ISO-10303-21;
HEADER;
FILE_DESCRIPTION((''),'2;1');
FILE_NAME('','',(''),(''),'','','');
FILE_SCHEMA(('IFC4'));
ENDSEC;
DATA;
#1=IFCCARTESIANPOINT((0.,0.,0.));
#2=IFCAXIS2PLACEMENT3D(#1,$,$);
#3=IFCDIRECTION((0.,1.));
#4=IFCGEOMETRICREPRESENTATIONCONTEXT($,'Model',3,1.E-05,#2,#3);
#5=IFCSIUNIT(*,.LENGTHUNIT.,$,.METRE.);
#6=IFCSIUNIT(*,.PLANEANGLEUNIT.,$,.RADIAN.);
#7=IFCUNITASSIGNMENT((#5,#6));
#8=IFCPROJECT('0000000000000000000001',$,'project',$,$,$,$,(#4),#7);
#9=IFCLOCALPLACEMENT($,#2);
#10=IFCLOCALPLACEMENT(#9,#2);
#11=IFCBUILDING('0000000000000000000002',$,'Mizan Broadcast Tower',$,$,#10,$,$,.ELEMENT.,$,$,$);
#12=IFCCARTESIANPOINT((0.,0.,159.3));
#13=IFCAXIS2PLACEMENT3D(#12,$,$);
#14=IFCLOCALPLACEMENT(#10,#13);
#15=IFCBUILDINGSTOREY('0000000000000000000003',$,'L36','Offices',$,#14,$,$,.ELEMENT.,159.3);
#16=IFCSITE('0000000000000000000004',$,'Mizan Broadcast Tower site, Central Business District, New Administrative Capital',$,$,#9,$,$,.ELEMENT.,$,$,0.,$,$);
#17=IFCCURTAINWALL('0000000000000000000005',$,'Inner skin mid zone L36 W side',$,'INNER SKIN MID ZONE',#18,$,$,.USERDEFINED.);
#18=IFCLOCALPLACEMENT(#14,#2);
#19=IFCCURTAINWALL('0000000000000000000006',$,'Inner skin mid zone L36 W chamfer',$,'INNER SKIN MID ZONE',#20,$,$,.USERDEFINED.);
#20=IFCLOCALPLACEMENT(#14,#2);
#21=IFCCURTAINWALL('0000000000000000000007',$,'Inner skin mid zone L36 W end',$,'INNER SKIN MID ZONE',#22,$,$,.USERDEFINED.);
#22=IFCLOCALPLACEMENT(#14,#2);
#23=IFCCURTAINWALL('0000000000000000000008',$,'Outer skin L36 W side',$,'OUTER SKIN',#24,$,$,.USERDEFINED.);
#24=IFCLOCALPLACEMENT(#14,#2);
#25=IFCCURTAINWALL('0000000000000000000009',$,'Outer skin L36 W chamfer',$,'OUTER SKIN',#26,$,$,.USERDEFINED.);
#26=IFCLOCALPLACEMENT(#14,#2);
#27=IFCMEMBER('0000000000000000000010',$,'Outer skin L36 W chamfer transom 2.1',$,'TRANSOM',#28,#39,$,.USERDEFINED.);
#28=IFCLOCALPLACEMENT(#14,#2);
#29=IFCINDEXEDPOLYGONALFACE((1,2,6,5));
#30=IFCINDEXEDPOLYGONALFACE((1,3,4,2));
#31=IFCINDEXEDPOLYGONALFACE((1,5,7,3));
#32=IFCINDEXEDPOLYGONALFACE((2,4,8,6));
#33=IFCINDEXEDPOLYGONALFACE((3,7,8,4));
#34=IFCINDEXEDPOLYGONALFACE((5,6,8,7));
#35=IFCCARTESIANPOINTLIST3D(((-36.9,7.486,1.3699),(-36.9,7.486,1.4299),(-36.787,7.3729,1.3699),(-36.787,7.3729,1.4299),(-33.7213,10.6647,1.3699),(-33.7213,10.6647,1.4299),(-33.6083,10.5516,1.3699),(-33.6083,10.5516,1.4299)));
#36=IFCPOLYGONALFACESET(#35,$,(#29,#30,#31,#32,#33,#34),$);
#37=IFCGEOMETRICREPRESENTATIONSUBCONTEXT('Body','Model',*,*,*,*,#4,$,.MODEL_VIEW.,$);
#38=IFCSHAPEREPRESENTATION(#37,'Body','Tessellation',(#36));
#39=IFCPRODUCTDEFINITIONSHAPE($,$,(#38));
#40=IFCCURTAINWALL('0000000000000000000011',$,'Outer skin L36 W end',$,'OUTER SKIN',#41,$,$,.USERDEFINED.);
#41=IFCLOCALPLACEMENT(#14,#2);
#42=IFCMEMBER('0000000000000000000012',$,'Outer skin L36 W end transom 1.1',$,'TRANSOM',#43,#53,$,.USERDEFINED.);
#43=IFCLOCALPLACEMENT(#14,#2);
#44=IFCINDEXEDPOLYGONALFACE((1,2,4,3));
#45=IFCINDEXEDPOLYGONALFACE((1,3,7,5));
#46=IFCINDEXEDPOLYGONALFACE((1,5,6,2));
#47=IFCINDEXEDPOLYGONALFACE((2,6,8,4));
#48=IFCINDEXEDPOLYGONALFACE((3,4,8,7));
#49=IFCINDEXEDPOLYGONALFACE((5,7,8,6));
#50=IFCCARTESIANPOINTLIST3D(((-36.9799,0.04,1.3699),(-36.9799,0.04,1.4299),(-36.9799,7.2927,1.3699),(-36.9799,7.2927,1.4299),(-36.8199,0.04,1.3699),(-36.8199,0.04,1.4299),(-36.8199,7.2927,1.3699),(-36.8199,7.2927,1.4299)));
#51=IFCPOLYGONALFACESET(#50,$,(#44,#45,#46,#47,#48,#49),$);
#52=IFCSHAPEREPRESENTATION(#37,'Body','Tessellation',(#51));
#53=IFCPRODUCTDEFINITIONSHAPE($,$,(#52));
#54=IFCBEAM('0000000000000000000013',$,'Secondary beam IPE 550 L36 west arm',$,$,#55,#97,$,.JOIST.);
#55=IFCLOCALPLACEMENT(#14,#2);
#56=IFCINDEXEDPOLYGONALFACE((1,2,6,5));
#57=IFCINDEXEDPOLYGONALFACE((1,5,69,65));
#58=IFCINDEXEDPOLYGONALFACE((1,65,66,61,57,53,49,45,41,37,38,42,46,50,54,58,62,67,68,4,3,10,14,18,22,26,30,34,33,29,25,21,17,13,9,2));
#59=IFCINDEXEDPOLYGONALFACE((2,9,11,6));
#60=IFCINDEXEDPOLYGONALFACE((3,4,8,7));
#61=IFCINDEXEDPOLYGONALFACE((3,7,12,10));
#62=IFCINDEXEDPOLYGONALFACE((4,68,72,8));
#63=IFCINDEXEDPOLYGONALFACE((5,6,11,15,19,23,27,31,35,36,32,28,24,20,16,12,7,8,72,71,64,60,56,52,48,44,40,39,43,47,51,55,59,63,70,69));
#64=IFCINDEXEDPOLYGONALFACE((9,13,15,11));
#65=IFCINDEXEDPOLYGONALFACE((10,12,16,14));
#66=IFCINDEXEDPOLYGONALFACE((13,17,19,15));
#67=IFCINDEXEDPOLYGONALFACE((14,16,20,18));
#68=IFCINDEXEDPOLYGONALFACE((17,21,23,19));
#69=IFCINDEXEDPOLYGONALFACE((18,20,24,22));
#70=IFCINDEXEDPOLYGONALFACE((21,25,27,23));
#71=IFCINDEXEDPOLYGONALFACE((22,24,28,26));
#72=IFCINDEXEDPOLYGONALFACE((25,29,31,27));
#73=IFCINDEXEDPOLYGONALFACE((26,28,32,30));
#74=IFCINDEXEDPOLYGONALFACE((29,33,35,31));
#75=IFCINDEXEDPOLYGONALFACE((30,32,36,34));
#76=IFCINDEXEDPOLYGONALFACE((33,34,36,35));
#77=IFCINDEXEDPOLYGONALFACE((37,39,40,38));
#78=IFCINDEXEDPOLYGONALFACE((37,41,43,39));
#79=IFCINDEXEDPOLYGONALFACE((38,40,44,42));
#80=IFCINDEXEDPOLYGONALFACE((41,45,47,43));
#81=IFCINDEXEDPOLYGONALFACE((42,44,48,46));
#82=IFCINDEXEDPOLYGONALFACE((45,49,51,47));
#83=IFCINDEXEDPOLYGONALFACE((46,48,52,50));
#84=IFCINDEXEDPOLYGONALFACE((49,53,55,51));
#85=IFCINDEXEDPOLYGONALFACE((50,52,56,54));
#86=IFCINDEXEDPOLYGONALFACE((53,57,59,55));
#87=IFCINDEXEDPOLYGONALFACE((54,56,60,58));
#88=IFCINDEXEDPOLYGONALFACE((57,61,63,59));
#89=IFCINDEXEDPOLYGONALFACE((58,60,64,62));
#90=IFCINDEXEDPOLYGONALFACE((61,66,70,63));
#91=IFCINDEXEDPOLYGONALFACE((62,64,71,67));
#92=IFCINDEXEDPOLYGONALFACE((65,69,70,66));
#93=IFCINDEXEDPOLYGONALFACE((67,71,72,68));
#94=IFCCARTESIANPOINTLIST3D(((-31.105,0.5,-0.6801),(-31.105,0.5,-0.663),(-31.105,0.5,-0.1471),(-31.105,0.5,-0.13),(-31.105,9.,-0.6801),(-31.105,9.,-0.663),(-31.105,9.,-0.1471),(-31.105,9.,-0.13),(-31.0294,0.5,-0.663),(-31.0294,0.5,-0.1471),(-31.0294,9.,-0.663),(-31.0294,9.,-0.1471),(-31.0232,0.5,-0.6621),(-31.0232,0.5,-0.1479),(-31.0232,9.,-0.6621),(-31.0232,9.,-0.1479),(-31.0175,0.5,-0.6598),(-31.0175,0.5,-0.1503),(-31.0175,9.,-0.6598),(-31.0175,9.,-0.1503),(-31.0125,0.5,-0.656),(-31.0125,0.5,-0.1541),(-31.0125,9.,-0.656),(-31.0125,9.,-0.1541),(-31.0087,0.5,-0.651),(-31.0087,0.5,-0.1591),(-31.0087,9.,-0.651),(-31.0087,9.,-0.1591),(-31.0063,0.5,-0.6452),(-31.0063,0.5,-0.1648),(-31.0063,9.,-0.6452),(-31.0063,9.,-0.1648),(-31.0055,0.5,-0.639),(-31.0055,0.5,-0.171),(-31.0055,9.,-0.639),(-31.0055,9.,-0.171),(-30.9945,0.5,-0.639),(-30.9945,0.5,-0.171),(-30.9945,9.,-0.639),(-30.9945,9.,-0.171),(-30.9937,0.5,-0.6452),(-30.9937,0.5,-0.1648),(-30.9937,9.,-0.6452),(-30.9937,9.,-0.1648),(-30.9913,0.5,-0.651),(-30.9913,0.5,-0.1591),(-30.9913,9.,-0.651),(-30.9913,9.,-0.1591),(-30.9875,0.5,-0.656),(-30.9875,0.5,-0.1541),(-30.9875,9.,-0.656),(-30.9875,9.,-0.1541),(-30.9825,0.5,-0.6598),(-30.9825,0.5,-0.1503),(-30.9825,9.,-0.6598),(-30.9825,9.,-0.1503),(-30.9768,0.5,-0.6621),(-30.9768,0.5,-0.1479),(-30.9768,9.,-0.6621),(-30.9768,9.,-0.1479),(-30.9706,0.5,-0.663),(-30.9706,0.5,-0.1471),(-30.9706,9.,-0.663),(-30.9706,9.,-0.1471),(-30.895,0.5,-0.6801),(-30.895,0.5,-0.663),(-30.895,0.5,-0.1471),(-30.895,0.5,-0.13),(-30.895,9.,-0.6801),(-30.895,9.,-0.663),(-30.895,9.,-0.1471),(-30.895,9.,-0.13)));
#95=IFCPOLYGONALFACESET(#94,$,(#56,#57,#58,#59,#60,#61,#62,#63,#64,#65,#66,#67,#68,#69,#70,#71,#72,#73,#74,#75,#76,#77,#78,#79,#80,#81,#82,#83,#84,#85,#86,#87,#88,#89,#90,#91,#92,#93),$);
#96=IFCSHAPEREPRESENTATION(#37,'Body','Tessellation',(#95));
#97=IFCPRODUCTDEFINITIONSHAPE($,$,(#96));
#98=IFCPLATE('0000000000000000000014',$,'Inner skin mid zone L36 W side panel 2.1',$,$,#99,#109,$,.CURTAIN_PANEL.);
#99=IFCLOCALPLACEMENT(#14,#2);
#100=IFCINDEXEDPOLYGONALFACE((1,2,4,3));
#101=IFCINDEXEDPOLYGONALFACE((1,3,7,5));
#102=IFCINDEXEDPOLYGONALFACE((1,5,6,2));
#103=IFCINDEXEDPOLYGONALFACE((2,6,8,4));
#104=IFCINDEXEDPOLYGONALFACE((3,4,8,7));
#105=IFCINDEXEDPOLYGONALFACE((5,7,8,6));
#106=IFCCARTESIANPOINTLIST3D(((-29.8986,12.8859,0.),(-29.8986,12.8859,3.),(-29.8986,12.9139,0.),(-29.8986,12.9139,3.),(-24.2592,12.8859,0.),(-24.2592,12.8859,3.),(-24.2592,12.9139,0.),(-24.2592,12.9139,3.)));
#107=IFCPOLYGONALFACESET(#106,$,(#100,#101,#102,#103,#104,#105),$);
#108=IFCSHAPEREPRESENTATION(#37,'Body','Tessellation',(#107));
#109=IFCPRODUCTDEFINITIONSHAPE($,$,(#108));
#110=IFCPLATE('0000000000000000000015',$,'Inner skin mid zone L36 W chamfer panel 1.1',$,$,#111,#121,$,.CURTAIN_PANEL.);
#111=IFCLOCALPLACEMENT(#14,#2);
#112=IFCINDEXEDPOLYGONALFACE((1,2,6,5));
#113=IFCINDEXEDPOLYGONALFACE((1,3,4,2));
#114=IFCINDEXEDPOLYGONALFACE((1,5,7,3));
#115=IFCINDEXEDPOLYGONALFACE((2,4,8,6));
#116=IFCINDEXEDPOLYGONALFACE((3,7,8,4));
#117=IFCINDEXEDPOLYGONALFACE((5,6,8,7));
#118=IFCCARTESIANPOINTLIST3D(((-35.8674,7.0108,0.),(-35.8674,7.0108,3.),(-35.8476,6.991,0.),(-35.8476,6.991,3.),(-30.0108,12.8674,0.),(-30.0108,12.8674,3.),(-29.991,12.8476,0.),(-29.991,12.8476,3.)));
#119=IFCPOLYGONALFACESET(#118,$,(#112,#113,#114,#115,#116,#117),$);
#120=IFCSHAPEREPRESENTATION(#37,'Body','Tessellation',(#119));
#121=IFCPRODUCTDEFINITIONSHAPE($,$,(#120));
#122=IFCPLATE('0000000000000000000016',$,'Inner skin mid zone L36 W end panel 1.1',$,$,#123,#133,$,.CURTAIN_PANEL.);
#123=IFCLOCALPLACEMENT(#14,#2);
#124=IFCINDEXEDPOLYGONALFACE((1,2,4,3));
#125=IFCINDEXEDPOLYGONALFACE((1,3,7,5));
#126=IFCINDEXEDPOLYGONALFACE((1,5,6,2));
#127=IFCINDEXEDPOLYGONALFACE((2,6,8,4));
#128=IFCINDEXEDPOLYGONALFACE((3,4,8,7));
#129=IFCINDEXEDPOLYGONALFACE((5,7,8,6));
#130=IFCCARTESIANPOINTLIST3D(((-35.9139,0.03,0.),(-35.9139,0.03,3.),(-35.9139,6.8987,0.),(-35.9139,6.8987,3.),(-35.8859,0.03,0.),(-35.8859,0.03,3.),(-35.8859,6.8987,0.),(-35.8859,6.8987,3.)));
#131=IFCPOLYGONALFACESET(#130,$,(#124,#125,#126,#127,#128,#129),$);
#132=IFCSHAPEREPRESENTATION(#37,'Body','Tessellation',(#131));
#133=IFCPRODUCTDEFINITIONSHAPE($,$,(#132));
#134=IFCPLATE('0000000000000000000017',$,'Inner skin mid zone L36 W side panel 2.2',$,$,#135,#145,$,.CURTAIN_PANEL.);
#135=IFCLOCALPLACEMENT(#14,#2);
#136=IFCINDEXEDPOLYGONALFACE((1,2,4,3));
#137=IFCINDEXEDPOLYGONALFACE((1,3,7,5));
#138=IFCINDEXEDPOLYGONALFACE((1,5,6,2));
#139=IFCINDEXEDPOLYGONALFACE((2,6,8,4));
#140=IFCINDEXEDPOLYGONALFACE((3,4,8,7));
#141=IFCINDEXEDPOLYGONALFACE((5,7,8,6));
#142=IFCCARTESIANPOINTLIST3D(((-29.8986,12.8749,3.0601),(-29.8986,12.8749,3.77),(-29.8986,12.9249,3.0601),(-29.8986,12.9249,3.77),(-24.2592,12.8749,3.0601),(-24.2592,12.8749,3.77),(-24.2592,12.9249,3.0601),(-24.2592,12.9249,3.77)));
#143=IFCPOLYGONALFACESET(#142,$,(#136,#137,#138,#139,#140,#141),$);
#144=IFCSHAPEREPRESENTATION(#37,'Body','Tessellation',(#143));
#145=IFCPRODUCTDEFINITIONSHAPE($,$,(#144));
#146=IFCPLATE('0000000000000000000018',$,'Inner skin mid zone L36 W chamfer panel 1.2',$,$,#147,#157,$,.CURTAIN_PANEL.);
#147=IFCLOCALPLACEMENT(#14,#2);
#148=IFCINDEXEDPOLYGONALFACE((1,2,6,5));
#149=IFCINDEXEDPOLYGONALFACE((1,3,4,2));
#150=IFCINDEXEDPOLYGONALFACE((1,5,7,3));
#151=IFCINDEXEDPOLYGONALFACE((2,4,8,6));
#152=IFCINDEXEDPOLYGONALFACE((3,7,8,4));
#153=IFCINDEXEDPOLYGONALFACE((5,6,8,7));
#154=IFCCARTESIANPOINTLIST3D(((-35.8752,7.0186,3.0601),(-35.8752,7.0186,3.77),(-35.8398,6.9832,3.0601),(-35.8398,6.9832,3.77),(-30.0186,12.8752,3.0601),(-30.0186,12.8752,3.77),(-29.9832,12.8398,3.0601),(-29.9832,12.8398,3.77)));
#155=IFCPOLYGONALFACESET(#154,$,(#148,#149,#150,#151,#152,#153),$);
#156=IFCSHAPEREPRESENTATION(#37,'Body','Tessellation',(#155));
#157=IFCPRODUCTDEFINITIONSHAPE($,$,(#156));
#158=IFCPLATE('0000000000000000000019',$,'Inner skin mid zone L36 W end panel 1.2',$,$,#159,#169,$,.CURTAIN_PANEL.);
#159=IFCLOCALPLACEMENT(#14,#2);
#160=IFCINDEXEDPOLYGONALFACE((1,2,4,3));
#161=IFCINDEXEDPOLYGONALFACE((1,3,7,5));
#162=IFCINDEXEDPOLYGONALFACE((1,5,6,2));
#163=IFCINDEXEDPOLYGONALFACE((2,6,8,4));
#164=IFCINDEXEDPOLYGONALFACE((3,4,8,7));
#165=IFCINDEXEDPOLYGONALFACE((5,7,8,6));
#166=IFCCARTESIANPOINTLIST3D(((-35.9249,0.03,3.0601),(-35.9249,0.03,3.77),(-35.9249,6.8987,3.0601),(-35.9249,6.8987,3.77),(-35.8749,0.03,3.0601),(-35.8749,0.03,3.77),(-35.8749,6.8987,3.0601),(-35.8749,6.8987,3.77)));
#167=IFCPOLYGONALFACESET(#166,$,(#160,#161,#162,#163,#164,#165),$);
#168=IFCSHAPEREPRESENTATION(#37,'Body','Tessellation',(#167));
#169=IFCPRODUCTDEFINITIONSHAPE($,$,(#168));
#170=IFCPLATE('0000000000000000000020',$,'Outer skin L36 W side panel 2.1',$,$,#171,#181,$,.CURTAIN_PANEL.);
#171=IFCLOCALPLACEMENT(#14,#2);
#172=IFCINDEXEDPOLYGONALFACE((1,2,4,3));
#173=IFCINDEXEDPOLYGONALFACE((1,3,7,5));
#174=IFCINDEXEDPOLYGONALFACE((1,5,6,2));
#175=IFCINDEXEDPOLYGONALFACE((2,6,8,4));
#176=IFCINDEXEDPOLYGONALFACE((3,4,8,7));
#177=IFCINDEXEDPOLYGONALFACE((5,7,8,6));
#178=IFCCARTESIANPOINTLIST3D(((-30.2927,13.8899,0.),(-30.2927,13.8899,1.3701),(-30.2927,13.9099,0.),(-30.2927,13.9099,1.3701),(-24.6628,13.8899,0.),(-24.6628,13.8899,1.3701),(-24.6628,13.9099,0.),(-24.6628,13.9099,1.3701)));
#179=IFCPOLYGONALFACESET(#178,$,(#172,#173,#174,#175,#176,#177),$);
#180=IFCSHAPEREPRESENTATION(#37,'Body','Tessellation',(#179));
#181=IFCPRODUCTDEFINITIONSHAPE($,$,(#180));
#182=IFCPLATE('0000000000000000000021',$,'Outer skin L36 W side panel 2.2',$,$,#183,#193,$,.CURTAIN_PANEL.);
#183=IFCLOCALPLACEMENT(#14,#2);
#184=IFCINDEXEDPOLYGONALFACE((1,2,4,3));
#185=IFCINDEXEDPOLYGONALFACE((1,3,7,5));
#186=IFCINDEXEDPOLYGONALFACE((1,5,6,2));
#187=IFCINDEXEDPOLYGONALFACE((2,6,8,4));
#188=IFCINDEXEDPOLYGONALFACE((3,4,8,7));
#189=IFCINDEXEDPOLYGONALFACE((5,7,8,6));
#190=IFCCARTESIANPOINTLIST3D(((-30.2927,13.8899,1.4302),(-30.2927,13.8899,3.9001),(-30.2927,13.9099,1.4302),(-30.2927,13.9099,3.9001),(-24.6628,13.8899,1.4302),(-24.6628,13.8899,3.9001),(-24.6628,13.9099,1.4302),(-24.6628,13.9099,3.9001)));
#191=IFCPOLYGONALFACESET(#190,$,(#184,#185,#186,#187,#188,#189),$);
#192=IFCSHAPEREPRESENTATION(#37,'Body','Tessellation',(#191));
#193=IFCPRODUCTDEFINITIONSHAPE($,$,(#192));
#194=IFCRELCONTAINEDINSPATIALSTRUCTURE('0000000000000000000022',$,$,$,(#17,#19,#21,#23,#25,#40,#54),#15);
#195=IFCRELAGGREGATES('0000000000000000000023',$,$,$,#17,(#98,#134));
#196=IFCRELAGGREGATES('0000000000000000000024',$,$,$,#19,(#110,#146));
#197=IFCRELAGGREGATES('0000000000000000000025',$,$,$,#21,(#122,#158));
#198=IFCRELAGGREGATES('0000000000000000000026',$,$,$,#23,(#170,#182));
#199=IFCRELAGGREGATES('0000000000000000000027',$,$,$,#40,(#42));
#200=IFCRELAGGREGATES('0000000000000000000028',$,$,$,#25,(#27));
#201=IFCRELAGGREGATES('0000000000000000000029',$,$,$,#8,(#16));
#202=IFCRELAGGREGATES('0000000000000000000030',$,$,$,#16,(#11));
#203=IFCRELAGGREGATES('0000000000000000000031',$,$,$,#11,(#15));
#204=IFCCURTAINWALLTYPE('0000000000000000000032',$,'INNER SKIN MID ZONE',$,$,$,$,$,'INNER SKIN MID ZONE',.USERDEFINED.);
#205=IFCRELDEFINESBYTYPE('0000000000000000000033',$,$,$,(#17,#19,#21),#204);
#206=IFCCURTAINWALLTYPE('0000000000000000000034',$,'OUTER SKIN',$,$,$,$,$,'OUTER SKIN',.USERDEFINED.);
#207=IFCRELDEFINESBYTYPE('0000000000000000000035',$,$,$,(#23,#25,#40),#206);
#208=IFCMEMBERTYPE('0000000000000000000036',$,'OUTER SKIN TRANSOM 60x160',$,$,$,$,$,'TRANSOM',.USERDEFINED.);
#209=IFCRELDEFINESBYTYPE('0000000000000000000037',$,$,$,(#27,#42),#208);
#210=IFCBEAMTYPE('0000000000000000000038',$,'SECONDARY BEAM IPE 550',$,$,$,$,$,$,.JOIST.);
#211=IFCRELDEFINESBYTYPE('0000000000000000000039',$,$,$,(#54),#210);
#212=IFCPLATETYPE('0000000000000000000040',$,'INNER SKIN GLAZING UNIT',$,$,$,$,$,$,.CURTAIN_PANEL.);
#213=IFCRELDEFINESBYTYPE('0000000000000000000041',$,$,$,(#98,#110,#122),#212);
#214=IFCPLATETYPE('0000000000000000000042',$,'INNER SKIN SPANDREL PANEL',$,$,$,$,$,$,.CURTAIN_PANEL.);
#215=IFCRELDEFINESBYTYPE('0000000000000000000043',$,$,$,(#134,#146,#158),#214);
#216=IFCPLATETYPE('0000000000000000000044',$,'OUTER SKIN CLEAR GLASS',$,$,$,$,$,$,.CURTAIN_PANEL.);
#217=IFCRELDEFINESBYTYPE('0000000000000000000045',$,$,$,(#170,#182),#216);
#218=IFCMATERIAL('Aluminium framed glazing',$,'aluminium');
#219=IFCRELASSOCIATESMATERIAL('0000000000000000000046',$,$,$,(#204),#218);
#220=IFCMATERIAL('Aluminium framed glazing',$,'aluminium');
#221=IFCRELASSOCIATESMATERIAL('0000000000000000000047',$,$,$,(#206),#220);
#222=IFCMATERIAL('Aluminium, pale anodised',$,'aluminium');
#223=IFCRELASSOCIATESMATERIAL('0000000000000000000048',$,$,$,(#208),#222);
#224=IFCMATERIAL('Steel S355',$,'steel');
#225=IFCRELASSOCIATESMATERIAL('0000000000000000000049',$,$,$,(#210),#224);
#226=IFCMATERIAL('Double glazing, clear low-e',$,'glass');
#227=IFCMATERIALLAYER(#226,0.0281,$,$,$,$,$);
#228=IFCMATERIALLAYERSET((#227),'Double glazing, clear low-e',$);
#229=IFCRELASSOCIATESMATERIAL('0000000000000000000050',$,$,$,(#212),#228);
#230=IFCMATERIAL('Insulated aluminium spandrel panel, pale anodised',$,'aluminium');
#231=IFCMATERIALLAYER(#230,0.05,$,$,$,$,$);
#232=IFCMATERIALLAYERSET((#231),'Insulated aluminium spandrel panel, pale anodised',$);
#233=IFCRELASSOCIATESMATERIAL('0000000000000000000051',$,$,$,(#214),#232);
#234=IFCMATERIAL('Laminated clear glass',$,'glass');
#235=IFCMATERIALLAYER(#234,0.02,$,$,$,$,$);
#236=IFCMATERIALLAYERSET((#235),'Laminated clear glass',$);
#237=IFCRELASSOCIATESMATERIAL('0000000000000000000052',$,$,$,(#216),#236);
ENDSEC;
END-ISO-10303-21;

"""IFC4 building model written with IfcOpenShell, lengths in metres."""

from ifc_helpers import new_model, si_unit, direction, frame, origin, origin_2d, place, context, subcontext, project, spatial, rectangle, i_section, extrude, material, layer, layer_set, material_profile, profile_set, type_object, element, aggregate, save


model = new_model("IFC4")

# Units and contexts
model_context = context("Model", 3, precision=1e-05, world=origin(), true_north=direction((0.0, 1.0)))
body_context = subcontext(model_context, "Body", "Model", "MODEL_VIEW")
ifc_project = project(units=[si_unit("LENGTHUNIT", "METRE"), si_unit("PLANEANGLEUNIT", "RADIAN")], contexts=[model_context])

# Site, building, storey
site_placement = place(None, origin())
site = spatial("IfcSite", under=ifc_project, at=site_placement, Name="Mizan Broadcast Tower site, Central Business District, New Administrative Capital", CompositionType="ELEMENT", RefElevation=0.0)
building_placement = place(site_placement, origin())
building = spatial("IfcBuilding", under=site, at=building_placement, Name="Mizan Broadcast Tower", CompositionType="ELEMENT")
storey_placement = place(building_placement, frame((0.0, 0.0, 159.3)))
storey = spatial("IfcBuildingStorey", under=building, at=storey_placement, Name="L36", Description="Offices", CompositionType="ELEMENT", Elevation=159.3)

# Curtain wall
ifc_material_1 = material(Name="Aluminium framed glazing", Category="aluminium")
curtain_wall_type_1 = type_object("IfcCurtainWallType", Name="INNER SKIN MID ZONE", ElementType="INNER SKIN MID ZONE", PredefinedType="USERDEFINED", material=ifc_material_1)
curtain_wall_1_placement = place(storey_placement, origin())
curtain_wall_1 = element("IfcCurtainWall", 1, at=curtain_wall_1_placement, inside=storey, type_object=curtain_wall_type_1, Name="Inner skin mid zone L36 W side", ObjectType="INNER SKIN MID ZONE", PredefinedType="USERDEFINED")

# Curtain wall
curtain_wall_2_placement = place(storey_placement, origin())
curtain_wall_2 = element("IfcCurtainWall", 2, at=curtain_wall_2_placement, inside=storey, type_object=curtain_wall_type_1, Name="Inner skin mid zone L36 W chamfer", ObjectType="INNER SKIN MID ZONE", PredefinedType="USERDEFINED")

# Curtain walls
curtain_wall_3_placement = place(storey_placement, origin())
curtain_wall_3 = element("IfcCurtainWall", 3, at=curtain_wall_3_placement, inside=storey, type_object=curtain_wall_type_1, Name="Inner skin mid zone L36 W end", ObjectType="INNER SKIN MID ZONE", PredefinedType="USERDEFINED")
ifc_material_2 = material(Name="Aluminium framed glazing", Category="aluminium")
curtain_wall_type_2 = type_object("IfcCurtainWallType", Name="OUTER SKIN", ElementType="OUTER SKIN", PredefinedType="USERDEFINED", material=ifc_material_2)
curtain_wall_4_placement = place(storey_placement, origin())
curtain_wall_4 = element("IfcCurtainWall", 4, at=curtain_wall_4_placement, inside=storey, type_object=curtain_wall_type_2, Name="Outer skin L36 W side", ObjectType="OUTER SKIN", PredefinedType="USERDEFINED")

# Curtain wall, member
curtain_wall_5_placement = place(storey_placement, origin())
curtain_wall_5 = element("IfcCurtainWall", 5, at=curtain_wall_5_placement, inside=storey, type_object=curtain_wall_type_2, Name="Outer skin L36 W chamfer", ObjectType="OUTER SKIN", PredefinedType="USERDEFINED")
ifc_material_3 = material(Name="Aluminium, pale anodised", Category="aluminium")
ifc_material_profile_1 = material_profile(ifc_material_3, rectangle(XDim=0.1599, YDim=0.0601, at=origin_2d()), Name="TRANSOM 160x60")
ifc_profile_set_1 = profile_set([ifc_material_profile_1], Name="Aluminium, pale anodised")
member_type_1 = type_object("IfcMemberType", Name="OUTER SKIN TRANSOM 60x160", ElementType="TRANSOM", PredefinedType="USERDEFINED", material=ifc_profile_set_1)
member_1_placement = place(storey_placement, frame((-33.6648, 10.6082, 1.3999), z_axis=(-0.707107, -0.707107, 0.0), x_axis=(0.707107, -0.707107, 0.0)))
member_1 = element("IfcMember", 6, at=member_1_placement, type_object=member_type_1, Name="Outer skin L36 W chamfer transom 2.1", ObjectType="TRANSOM", PredefinedType="USERDEFINED", context=body_context, shape_type="SweptSolid", body=[
    extrude(rectangle(XDim=0.1599, YDim=0.0601, at=origin_2d()), origin(), (0.0, 0.0, 1.0), 4.4954),
])

# Curtain wall, member
curtain_wall_6_placement = place(storey_placement, origin())
curtain_wall_6 = element("IfcCurtainWall", 7, at=curtain_wall_6_placement, inside=storey, type_object=curtain_wall_type_2, Name="Outer skin L36 W end", ObjectType="OUTER SKIN", PredefinedType="USERDEFINED")
member_2_placement = place(storey_placement, frame((-36.8999, 7.2927, 1.3999), z_axis=(0.0, -1.0, 0.0), x_axis=(1.0, 0.0, 0.0)))
member_2 = element("IfcMember", 8, at=member_2_placement, type_object=member_type_1, Name="Outer skin L36 W end transom 1.1", ObjectType="TRANSOM", PredefinedType="USERDEFINED", context=body_context, shape_type="SweptSolid", body=[
    extrude(rectangle(XDim=0.1599, YDim=0.0601, at=origin_2d()), origin(), (0.0, 0.0, 1.0), 7.2527),
])

# Beam
ifc_material_4 = material(Name="Steel S355", Category="steel")
ifc_material_profile_2 = material_profile(ifc_material_4, i_section(OverallWidth=0.21, OverallDepth=0.55, WebThickness=0.011, FlangeThickness=0.0171, FilletRadius=0.0239, at=origin_2d()), Name="IPE 550")
ifc_profile_set_2 = profile_set([ifc_material_profile_2], Name="Steel S355")
beam_type_1 = type_object("IfcBeamType", Name="SECONDARY BEAM IPE 550", PredefinedType="JOIST", material=ifc_profile_set_2)
beam_1_placement = place(storey_placement, frame((-31.0, 9.0, -0.405), z_axis=(0.0, -1.0, 0.0), x_axis=(1.0, 0.0, 0.0)))
element("IfcBeam", 9, at=beam_1_placement, inside=storey, type_object=beam_type_1, Name="Secondary beam IPE 550 L36 west arm", PredefinedType="JOIST", context=body_context, shape_type="SweptSolid", body=[
    extrude(i_section(OverallWidth=0.21, OverallDepth=0.55, WebThickness=0.011, FlangeThickness=0.0171, FilletRadius=0.0239, at=origin_2d()), origin(), (0.0, 0.0, 1.0), 8.5),
])

# Plates
ifc_material_5 = material(Name="Double glazing, clear low-e", Category="glass")
ifc_layer_1 = layer(ifc_material_5, 0.0281)
ifc_layer_set_1 = layer_set([ifc_layer_1], Name="Double glazing, clear low-e")
plate_type_1 = type_object("IfcPlateType", Name="INNER SKIN GLAZING UNIT", PredefinedType="CURTAIN_PANEL", material=ifc_layer_set_1)
plate_1_placement = place(storey_placement, frame((-27.0789, 12.8999, 0.0), z_axis=(0.0, 0.0, 1.0), x_axis=(-1.0, 0.0, 0.0)))
plate_1 = element("IfcPlate", 10, at=plate_1_placement, type_object=plate_type_1, Name="Inner skin mid zone L36 W side panel 2.1", PredefinedType="CURTAIN_PANEL", context=body_context, shape_type="SweptSolid", body=[
    extrude(rectangle(XDim=5.6394, YDim=0.0281, at=origin_2d()), origin(), (0.0, 0.0, 1.0), 3.0),
])
plate_2_placement = place(storey_placement, frame((-32.9292, 9.9292, 0.0), z_axis=(0.0, 0.0, 1.0), x_axis=(-0.707107, -0.707107, 0.0)))
plate_2 = element("IfcPlate", 11, at=plate_2_placement, type_object=plate_type_1, Name="Inner skin mid zone L36 W chamfer panel 1.1", PredefinedType="CURTAIN_PANEL", context=body_context, shape_type="SweptSolid", body=[
    extrude(rectangle(XDim=8.2825, YDim=0.0281, at=origin_2d()), origin(), (0.0, 0.0, 1.0), 3.0),
])
plate_3_placement = place(storey_placement, frame((-35.8999, 3.4644, 0.0), z_axis=(0.0, 0.0, 1.0), x_axis=(0.0, -1.0, 0.0)))
plate_3 = element("IfcPlate", 12, at=plate_3_placement, type_object=plate_type_1, Name="Inner skin mid zone L36 W end panel 1.1", PredefinedType="CURTAIN_PANEL", context=body_context, shape_type="SweptSolid", body=[
    extrude(rectangle(XDim=6.8687, YDim=0.0281, at=origin_2d()), origin(), (0.0, 0.0, 1.0), 3.0),
])
ifc_material_6 = material(Name="Insulated aluminium spandrel panel, pale anodised", Category="aluminium")
ifc_layer_2 = layer(ifc_material_6, 0.05)
ifc_layer_set_2 = layer_set([ifc_layer_2], Name="Insulated aluminium spandrel panel, pale anodised")
plate_type_2 = type_object("IfcPlateType", Name="INNER SKIN SPANDREL PANEL", PredefinedType="CURTAIN_PANEL", material=ifc_layer_set_2)
plate_4_placement = place(storey_placement, frame((-27.0789, 12.8999, 3.0601), z_axis=(0.0, 0.0, 1.0), x_axis=(-1.0, 0.0, 0.0)))
plate_4 = element("IfcPlate", 13, at=plate_4_placement, type_object=plate_type_2, Name="Inner skin mid zone L36 W side panel 2.2", PredefinedType="CURTAIN_PANEL", context=body_context, shape_type="SweptSolid", body=[
    extrude(rectangle(XDim=5.6394, YDim=0.05, at=origin_2d()), origin(), (0.0, 0.0, 1.0), 0.71),
])
aggregate(curtain_wall_1, [plate_1, plate_4])
plate_5_placement = place(storey_placement, frame((-32.9292, 9.9292, 3.0601), z_axis=(0.0, 0.0, 1.0), x_axis=(-0.707107, -0.707107, 0.0)))
plate_5 = element("IfcPlate", 14, at=plate_5_placement, type_object=plate_type_2, Name="Inner skin mid zone L36 W chamfer panel 1.2", PredefinedType="CURTAIN_PANEL", context=body_context, shape_type="SweptSolid", body=[
    extrude(rectangle(XDim=8.2825, YDim=0.05, at=origin_2d()), origin(), (0.0, 0.0, 1.0), 0.71),
])
aggregate(curtain_wall_2, [plate_2, plate_5])
plate_6_placement = place(storey_placement, frame((-35.8999, 3.4644, 3.0601), z_axis=(0.0, 0.0, 1.0), x_axis=(0.0, -1.0, 0.0)))
plate_6 = element("IfcPlate", 15, at=plate_6_placement, type_object=plate_type_2, Name="Inner skin mid zone L36 W end panel 1.2", PredefinedType="CURTAIN_PANEL", context=body_context, shape_type="SweptSolid", body=[
    extrude(rectangle(XDim=6.8687, YDim=0.05, at=origin_2d()), origin(), (0.0, 0.0, 1.0), 0.71),
])
aggregate(curtain_wall_3, [plate_3, plate_6])
ifc_material_7 = material(Name="Laminated clear glass", Category="glass")
ifc_layer_3 = layer(ifc_material_7, 0.02)
ifc_layer_set_3 = layer_set([ifc_layer_3], Name="Laminated clear glass")
plate_type_3 = type_object("IfcPlateType", Name="OUTER SKIN CLEAR GLASS", PredefinedType="CURTAIN_PANEL", material=ifc_layer_set_3)
plate_7_placement = place(storey_placement, frame((-27.4778, 13.8999, 0.0), z_axis=(0.0, 0.0, 1.0), x_axis=(-1.0, 0.0, 0.0)))
plate_7 = element("IfcPlate", 16, at=plate_7_placement, type_object=plate_type_3, Name="Outer skin L36 W side panel 2.1", PredefinedType="CURTAIN_PANEL", context=body_context, shape_type="SweptSolid", body=[
    extrude(rectangle(XDim=5.6299, YDim=0.02, at=origin_2d()), origin(), (0.0, 0.0, 1.0), 1.3701),
])
plate_8_placement = place(storey_placement, frame((-27.4778, 13.8999, 1.4302), z_axis=(0.0, 0.0, 1.0), x_axis=(-1.0, 0.0, 0.0)))
plate_8 = element("IfcPlate", 17, at=plate_8_placement, type_object=plate_type_3, Name="Outer skin L36 W side panel 2.2", PredefinedType="CURTAIN_PANEL", context=body_context, shape_type="SweptSolid", body=[
    extrude(rectangle(XDim=5.6299, YDim=0.02, at=origin_2d()), origin(), (0.0, 0.0, 1.0), 2.47),
])
aggregate(curtain_wall_4, [plate_7, plate_8])
aggregate(curtain_wall_6, [member_2])
aggregate(curtain_wall_5, [member_1])

save(model, "model.ifc")
